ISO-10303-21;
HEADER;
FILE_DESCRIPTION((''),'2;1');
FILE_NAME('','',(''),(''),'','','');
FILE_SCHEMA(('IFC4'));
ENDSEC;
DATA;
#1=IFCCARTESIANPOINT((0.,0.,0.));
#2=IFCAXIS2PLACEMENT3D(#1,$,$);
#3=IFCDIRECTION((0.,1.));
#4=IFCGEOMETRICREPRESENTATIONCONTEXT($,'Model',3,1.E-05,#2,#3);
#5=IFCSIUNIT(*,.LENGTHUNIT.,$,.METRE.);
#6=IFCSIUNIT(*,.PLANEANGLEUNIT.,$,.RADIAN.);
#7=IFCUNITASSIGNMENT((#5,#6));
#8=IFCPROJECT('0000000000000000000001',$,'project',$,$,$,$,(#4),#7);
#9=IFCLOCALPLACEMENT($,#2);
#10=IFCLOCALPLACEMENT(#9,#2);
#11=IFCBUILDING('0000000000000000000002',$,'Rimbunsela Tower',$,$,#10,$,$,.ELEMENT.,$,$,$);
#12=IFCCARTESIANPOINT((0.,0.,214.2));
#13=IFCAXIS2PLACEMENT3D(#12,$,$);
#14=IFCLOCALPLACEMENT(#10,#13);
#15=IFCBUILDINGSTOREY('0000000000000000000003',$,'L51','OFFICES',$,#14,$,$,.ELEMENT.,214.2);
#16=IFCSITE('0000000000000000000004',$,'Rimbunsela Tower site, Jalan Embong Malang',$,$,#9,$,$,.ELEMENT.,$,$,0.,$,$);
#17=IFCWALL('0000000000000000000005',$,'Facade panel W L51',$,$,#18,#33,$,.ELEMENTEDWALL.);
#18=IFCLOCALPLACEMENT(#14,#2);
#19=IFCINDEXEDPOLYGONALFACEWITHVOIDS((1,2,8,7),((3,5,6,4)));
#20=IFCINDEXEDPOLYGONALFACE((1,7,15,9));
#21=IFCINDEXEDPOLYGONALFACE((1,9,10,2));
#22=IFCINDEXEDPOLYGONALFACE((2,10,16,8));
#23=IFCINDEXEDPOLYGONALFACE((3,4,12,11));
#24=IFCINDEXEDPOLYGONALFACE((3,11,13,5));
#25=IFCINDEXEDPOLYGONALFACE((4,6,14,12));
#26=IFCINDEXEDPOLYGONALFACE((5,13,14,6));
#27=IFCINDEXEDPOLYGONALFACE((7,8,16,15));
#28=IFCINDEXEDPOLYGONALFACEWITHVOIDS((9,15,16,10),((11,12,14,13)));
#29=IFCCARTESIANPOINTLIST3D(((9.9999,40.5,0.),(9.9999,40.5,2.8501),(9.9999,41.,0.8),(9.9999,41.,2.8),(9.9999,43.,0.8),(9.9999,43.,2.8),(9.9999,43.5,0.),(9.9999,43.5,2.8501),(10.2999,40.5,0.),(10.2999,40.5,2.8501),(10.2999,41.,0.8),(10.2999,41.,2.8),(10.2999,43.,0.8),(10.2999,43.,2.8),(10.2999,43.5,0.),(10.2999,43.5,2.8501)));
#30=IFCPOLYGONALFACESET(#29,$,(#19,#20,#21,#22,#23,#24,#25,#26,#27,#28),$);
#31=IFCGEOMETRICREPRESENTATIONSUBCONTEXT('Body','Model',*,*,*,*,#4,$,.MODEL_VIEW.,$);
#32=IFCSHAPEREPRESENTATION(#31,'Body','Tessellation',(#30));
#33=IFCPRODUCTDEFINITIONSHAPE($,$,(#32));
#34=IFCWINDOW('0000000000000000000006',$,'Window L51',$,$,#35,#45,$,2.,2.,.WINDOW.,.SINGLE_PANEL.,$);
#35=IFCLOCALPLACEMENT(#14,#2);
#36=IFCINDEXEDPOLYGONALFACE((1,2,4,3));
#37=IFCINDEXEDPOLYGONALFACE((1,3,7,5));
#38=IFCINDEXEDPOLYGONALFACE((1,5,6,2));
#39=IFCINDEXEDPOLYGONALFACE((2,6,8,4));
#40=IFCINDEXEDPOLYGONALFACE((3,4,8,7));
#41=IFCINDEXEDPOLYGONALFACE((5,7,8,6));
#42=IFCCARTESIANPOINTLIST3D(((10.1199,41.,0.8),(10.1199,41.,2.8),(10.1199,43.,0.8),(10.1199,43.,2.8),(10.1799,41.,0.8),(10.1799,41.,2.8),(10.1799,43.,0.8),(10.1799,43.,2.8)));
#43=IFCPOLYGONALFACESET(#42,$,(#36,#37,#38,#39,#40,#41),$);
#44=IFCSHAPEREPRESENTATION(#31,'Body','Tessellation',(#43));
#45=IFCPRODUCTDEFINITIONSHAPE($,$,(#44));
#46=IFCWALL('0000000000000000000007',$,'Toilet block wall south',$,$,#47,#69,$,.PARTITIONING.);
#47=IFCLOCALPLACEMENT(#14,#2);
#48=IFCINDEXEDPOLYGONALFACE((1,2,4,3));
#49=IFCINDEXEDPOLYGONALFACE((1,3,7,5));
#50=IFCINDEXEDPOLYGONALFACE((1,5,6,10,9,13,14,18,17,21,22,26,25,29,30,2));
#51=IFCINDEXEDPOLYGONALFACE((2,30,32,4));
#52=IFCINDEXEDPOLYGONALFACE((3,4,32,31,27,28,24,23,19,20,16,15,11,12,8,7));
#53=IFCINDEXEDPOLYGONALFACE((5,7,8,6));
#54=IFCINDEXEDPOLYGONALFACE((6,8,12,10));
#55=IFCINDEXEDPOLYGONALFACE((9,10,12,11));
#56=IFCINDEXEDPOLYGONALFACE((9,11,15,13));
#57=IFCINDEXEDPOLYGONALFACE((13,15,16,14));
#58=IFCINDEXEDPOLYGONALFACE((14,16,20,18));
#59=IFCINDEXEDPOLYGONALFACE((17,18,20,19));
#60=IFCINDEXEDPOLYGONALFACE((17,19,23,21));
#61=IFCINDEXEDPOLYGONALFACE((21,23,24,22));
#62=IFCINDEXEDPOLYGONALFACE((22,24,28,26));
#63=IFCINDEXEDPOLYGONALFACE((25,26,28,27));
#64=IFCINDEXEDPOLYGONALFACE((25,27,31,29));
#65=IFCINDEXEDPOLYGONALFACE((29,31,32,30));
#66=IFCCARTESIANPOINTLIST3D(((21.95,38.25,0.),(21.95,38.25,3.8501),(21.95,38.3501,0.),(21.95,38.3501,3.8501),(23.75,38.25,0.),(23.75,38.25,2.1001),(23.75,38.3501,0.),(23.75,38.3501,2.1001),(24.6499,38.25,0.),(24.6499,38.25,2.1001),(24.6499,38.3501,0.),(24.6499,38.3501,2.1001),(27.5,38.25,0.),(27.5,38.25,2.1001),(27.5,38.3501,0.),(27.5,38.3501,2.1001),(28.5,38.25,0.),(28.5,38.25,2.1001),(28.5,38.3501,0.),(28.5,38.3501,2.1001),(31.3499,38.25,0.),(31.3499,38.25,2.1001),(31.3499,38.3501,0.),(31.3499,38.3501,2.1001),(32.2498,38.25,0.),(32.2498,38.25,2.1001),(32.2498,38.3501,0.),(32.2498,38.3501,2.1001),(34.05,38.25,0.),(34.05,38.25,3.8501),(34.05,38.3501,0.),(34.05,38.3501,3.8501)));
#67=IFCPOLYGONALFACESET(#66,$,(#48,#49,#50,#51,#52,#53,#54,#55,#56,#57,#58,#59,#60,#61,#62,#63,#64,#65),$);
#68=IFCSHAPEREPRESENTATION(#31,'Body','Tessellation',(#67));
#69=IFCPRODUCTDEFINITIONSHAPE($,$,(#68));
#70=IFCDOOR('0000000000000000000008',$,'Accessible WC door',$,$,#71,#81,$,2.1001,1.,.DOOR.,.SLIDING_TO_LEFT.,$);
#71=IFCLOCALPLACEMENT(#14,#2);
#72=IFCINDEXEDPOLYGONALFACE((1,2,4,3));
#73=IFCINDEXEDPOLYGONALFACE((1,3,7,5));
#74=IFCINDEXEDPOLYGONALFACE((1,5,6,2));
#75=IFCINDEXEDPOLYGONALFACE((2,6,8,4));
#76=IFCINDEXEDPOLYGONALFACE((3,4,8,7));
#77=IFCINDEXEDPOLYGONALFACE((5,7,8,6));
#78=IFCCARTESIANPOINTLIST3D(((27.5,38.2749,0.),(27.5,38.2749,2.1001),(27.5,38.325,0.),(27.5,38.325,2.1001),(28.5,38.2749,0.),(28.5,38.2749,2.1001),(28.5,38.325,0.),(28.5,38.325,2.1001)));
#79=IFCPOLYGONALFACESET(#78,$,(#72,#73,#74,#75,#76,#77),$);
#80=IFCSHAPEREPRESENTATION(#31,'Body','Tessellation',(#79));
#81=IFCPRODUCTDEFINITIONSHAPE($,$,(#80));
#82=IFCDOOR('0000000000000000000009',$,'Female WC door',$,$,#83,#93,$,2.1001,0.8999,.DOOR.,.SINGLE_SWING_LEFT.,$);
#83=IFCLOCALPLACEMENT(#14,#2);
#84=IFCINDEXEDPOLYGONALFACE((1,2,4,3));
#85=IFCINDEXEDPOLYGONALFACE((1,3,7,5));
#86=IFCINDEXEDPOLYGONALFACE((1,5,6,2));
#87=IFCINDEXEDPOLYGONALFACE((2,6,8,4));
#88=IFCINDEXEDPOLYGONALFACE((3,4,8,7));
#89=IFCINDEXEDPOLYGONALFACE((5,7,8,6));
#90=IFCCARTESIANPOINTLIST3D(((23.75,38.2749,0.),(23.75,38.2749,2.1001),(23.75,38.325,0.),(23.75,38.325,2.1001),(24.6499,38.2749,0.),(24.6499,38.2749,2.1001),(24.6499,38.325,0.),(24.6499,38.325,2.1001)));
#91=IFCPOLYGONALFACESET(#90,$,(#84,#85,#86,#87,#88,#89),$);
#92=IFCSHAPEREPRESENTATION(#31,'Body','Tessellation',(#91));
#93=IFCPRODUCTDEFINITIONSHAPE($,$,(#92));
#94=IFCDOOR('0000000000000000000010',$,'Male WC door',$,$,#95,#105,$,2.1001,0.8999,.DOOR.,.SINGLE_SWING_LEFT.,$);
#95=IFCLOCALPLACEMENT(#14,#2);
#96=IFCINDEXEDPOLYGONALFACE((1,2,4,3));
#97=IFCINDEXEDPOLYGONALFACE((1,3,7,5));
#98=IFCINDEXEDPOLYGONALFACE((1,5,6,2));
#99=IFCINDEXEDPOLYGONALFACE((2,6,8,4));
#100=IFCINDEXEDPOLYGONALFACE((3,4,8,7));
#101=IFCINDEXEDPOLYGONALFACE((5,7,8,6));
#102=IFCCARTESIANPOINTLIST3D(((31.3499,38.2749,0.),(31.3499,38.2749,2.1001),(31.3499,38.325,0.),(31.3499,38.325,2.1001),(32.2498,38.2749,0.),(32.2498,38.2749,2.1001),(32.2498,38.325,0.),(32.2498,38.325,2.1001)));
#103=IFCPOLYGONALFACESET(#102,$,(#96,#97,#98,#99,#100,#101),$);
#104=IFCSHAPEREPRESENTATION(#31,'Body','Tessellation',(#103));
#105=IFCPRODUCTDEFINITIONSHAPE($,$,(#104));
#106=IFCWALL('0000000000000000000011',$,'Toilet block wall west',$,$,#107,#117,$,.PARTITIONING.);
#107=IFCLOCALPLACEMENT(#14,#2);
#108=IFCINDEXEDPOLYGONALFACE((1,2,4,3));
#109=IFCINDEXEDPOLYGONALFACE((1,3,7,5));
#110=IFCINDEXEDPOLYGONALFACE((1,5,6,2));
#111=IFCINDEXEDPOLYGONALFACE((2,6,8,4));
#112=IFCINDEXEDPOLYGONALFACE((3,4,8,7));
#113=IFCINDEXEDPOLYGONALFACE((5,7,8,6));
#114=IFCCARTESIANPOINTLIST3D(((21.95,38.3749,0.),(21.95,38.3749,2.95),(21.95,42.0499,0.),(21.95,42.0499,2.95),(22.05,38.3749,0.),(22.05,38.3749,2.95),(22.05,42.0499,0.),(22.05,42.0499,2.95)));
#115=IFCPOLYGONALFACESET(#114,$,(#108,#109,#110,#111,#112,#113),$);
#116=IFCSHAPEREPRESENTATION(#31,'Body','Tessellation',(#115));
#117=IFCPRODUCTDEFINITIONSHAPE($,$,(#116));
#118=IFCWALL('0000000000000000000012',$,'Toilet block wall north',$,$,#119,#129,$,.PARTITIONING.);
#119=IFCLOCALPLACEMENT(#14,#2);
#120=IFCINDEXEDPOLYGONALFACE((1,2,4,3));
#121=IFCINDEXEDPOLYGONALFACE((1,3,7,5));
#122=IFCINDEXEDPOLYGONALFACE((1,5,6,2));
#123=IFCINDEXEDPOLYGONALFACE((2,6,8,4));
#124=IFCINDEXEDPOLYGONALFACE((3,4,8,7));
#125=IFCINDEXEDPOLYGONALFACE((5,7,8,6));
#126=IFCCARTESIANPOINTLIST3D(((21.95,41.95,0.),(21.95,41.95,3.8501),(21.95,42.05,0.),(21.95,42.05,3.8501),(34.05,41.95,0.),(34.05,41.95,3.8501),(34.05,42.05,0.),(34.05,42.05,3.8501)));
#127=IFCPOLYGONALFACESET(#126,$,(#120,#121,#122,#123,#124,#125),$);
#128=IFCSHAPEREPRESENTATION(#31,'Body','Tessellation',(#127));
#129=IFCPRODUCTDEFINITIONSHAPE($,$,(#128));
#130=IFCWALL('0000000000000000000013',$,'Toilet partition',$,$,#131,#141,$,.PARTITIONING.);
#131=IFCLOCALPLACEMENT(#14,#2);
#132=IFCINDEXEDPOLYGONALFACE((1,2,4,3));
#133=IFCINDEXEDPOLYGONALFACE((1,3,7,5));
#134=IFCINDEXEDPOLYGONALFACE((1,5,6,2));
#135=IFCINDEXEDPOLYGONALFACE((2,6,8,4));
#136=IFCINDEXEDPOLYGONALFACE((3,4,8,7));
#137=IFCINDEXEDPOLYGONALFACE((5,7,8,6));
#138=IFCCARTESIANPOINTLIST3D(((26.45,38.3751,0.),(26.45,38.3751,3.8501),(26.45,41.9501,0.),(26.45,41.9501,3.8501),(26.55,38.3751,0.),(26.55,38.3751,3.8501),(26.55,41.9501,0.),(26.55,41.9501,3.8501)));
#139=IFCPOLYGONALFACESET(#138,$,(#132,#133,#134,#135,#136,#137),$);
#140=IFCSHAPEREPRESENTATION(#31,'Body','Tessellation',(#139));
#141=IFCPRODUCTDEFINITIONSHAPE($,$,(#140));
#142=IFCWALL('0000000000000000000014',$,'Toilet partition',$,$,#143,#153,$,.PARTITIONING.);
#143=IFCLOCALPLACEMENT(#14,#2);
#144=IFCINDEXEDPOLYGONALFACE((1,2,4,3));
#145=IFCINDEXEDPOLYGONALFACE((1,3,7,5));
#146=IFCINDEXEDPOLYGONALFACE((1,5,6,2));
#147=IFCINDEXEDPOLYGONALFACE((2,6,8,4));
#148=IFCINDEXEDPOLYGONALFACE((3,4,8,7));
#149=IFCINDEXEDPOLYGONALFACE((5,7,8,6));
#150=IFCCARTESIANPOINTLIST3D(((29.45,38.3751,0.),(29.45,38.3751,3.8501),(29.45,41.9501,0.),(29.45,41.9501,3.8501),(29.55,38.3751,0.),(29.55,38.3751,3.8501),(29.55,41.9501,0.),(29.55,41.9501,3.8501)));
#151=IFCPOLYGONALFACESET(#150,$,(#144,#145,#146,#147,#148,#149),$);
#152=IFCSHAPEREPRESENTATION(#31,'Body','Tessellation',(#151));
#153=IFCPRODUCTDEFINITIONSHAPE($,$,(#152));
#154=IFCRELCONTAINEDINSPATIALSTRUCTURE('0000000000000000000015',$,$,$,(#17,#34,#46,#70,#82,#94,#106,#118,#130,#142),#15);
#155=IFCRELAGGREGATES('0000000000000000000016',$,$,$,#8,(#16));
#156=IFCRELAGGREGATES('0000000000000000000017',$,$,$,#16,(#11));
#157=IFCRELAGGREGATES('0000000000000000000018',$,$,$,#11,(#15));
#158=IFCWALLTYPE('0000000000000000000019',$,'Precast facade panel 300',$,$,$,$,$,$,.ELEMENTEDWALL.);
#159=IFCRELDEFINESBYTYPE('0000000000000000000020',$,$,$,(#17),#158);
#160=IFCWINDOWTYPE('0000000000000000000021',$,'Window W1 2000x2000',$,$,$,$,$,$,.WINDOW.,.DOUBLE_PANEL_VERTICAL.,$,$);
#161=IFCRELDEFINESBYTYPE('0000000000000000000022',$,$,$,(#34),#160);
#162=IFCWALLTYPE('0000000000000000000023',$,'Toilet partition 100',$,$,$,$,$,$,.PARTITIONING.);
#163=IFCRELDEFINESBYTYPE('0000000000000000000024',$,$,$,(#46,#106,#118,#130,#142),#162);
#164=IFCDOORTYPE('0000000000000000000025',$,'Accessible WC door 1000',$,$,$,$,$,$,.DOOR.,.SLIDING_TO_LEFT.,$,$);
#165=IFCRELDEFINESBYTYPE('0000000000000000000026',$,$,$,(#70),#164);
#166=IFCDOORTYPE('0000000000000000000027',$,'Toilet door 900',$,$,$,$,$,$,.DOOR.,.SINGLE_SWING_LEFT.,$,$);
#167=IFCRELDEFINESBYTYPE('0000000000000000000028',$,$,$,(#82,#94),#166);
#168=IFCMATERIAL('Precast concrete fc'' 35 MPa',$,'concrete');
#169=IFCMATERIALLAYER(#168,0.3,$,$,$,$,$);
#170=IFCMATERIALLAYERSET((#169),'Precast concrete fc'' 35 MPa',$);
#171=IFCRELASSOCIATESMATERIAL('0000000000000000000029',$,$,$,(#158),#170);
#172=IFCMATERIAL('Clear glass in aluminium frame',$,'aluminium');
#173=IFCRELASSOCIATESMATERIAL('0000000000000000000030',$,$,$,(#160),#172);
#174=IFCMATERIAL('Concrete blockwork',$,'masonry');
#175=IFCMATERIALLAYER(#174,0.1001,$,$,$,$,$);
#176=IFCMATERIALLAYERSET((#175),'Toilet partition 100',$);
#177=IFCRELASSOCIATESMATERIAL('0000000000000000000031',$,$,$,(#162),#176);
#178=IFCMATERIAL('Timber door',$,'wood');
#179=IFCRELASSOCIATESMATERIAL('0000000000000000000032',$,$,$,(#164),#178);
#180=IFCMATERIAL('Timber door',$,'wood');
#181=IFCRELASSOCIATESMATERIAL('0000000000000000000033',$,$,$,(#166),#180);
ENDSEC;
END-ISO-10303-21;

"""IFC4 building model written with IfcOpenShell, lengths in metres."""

from ifc_helpers import new_model, si_unit, direction, frame, frame_2d, origin, place, context, subcontext, project, spatial, rectangle, extrude, material, layer, layer_set, type_object, element, fill, save


model = new_model("IFC4")

# Units and contexts
model_context = context("Model", 3, precision=1e-05, world=origin(), true_north=direction((0.0, 1.0)))
body_context = subcontext(model_context, "Body", "Model", "MODEL_VIEW")
ifc_project = project(units=[si_unit("LENGTHUNIT", "METRE"), si_unit("PLANEANGLEUNIT", "RADIAN")], contexts=[model_context])

# Site, building, storey
site_placement = place(None, origin())
site = spatial("IfcSite", under=ifc_project, at=site_placement, Name="Rimbunsela Tower site, Jalan Embong Malang", CompositionType="ELEMENT", RefElevation=0.0)
building_placement = place(site_placement, origin())
building = spatial("IfcBuilding", under=site, at=building_placement, Name="Rimbunsela Tower", CompositionType="ELEMENT")
storey_placement = place(building_placement, frame((0.0, 0.0, 214.2)))
storey = spatial("IfcBuildingStorey", under=building, at=storey_placement, Name="L51", Description="OFFICES", CompositionType="ELEMENT", Elevation=214.2)

# Wall, opening, window
ifc_material_1 = material(Name="Precast concrete fc' 35 MPa", Category="concrete")
ifc_layer_1 = layer(ifc_material_1, 0.3)
ifc_layer_set_1 = layer_set([ifc_layer_1], Name="Precast concrete fc' 35 MPa")
wall_type_1 = type_object("IfcWallType", Name="Precast facade panel 300", PredefinedType="ELEMENTEDWALL", material=ifc_layer_set_1)
wall_1_placement = place(storey_placement, frame((10.1499, 43.5, 0.0), z_axis=(0.0, 0.0, 1.0), x_axis=(0.0, -1.0, 0.0)))
wall_1 = element("IfcWall", 1, at=wall_1_placement, inside=storey, type_object=wall_type_1, Name="Facade panel W L51", PredefinedType="ELEMENTEDWALL", context=body_context, shape_type="SweptSolid", body=[
    extrude(rectangle(XDim=3.0, YDim=0.3, at=frame_2d((1.5, 0.0))), origin(), (0.0, 0.0, 1.0), 2.8501),
])
opening_1_placement = place(wall_1_placement, frame((0.5, 0.0, 0.8)))
opening_1 = element("IfcOpeningElement", 2, at=opening_1_placement, cuts=wall_1, PredefinedType="OPENING", context=body_context, shape_type="SweptSolid", body=[
    extrude(rectangle(XDim=2.0, YDim=2.0, at=frame_2d((1.0, 1.0))), frame((0.0, 0.1599, 0.0), z_axis=(0.0, -1.0, 0.0), x_axis=(1.0, 0.0, 0.0)), (0.0, 0.0, 1.0), 0.3201),
])
ifc_material_2 = material(Name="Clear glass in aluminium frame", Category="aluminium")
window_type = type_object("IfcWindowType", Name="Window W1 2000x2000", PartitioningType="DOUBLE_PANEL_VERTICAL", PredefinedType="WINDOW", material=ifc_material_2)
window_placement = place(opening_1_placement, origin())
window = element("IfcWindow", 3, at=window_placement, inside=storey, type_object=window_type, Name="Window L51", OverallHeight=2.0, OverallWidth=2.0, PartitioningType="SINGLE_PANEL", PredefinedType="WINDOW", context=body_context, shape_type="SweptSolid", body=[
    extrude(rectangle(XDim=2.0, YDim=2.0, at=frame_2d((1.0, 1.0))), frame((0.0, 0.03, 0.0), z_axis=(0.0, -1.0, 0.0), x_axis=(1.0, 0.0, 0.0)), (0.0, 0.0, 1.0), 0.0601),
])
fill(opening_1, window)

# Wall, openings, doors
ifc_material_3 = material(Name="Concrete blockwork", Category="masonry")
ifc_layer_2 = layer(ifc_material_3, 0.1001)
ifc_layer_set_2 = layer_set([ifc_layer_2], Name="Toilet partition 100")
wall_type_2 = type_object("IfcWallType", Name="Toilet partition 100", PredefinedType="PARTITIONING", material=ifc_layer_set_2)
wall_2_placement = place(storey_placement, frame((21.95, 38.3, 0.0), z_axis=(0.0, 0.0, 1.0), x_axis=(1.0, 0.0, 0.0)))
wall_2 = element("IfcWall", 4, at=wall_2_placement, inside=storey, type_object=wall_type_2, Name="Toilet block wall south", PredefinedType="PARTITIONING", context=body_context, shape_type="SweptSolid", body=[
    extrude(rectangle(XDim=12.1001, YDim=0.1001, at=frame_2d((6.05, 0.0))), origin(), (0.0, 0.0, 1.0), 3.8501),
])
opening_2_placement = place(wall_2_placement, frame((1.8, 0.0, 0.0)))
opening_2 = element("IfcOpeningElement", 5, at=opening_2_placement, cuts=wall_2, PredefinedType="OPENING", context=body_context, shape_type="SweptSolid", body=[
    extrude(rectangle(XDim=0.8999, YDim=2.1001, at=frame_2d((0.45, 1.05))), frame((0.0, 0.0601, 0.0), z_axis=(0.0, -1.0, 0.0), x_axis=(1.0, 0.0, 0.0)), (0.0, 0.0, 1.0), 0.1201),
])
opening_3_placement = place(wall_2_placement, frame((5.55, 0.0, 0.0)))
opening_3 = element("IfcOpeningElement", 6, at=opening_3_placement, cuts=wall_2, PredefinedType="OPENING", context=body_context, shape_type="SweptSolid", body=[
    extrude(rectangle(XDim=1.0, YDim=2.1001, at=frame_2d((0.5, 1.05))), frame((0.0, 0.0601, 0.0), z_axis=(0.0, -1.0, 0.0), x_axis=(1.0, 0.0, 0.0)), (0.0, 0.0, 1.0), 0.1201),
])
opening_4_placement = place(wall_2_placement, frame((9.3999, 0.0, 0.0)))
opening_4 = element("IfcOpeningElement", 7, at=opening_4_placement, cuts=wall_2, PredefinedType="OPENING", context=body_context, shape_type="SweptSolid", body=[
    extrude(rectangle(XDim=0.8999, YDim=2.1001, at=frame_2d((0.45, 1.05))), frame((0.0, 0.0601, 0.0), z_axis=(0.0, -1.0, 0.0), x_axis=(1.0, 0.0, 0.0)), (0.0, 0.0, 1.0), 0.1201),
])
ifc_material_4 = material(Name="Timber door", Category="wood")
door_type_1 = type_object("IfcDoorType", Name="Accessible WC door 1000", OperationType="SLIDING_TO_LEFT", PredefinedType="DOOR", material=ifc_material_4)
door_1_placement = place(opening_3_placement, origin())
door_1 = element("IfcDoor", 8, at=door_1_placement, inside=storey, type_object=door_type_1, Name="Accessible WC door", OperationType="SLIDING_TO_LEFT", OverallHeight=2.1001, OverallWidth=1.0, PredefinedType="DOOR", context=body_context, shape_type="SweptSolid", body=[
    extrude(rectangle(XDim=1.0, YDim=2.1001, at=frame_2d((0.5, 1.05))), frame((0.0, 0.0249, 0.0), z_axis=(0.0, -1.0, 0.0), x_axis=(1.0, 0.0, 0.0)), (0.0, 0.0, 1.0), 0.05),
])
fill(opening_3, door_1)
ifc_material_5 = material(Name="Timber door", Category="wood")
door_type_2 = type_object("IfcDoorType", Name="Toilet door 900", OperationType="SINGLE_SWING_LEFT", PredefinedType="DOOR", material=ifc_material_5)
door_2_placement = place(opening_2_placement, origin())
door_2 = element("IfcDoor", 9, at=door_2_placement, inside=storey, type_object=door_type_2, Name="Female WC door", OperationType="SINGLE_SWING_LEFT", OverallHeight=2.1001, OverallWidth=0.8999, PredefinedType="DOOR", context=body_context, shape_type="SweptSolid", body=[
    extrude(rectangle(XDim=0.8999, YDim=2.1001, at=frame_2d((0.45, 1.05))), frame((0.0, 0.0249, 0.0), z_axis=(0.0, -1.0, 0.0), x_axis=(1.0, 0.0, 0.0)), (0.0, 0.0, 1.0), 0.05),
])
fill(opening_2, door_2)
door_3_placement = place(opening_4_placement, origin())
door_3 = element("IfcDoor", 10, at=door_3_placement, inside=storey, type_object=door_type_2, Name="Male WC door", OperationType="SINGLE_SWING_LEFT", OverallHeight=2.1001, OverallWidth=0.8999, PredefinedType="DOOR", context=body_context, shape_type="SweptSolid", body=[
    extrude(rectangle(XDim=0.8999, YDim=2.1001, at=frame_2d((0.45, 1.05))), frame((0.0, 0.0249, 0.0), z_axis=(0.0, -1.0, 0.0), x_axis=(1.0, 0.0, 0.0)), (0.0, 0.0, 1.0), 0.05),
])
fill(opening_4, door_3)

# Walls
wall_3_placement = place(storey_placement, frame((22.0, 38.375, 0.0), z_axis=(0.0, 0.0, 1.0), x_axis=(0.0, 1.0, 0.0)))
element("IfcWall", 11, at=wall_3_placement, inside=storey, type_object=wall_type_2, Name="Toilet block wall west", PredefinedType="PARTITIONING", context=body_context, shape_type="SweptSolid", body=[
    extrude(rectangle(XDim=3.675, YDim=0.1001, at=frame_2d((1.8374, 0.0))), origin(), (0.0, 0.0, 1.0), 2.95),
])
wall_4_placement = place(storey_placement, frame((21.95, 42.0, 0.0), z_axis=(0.0, 0.0, 1.0), x_axis=(1.0, 0.0, 0.0)))
element("IfcWall", 12, at=wall_4_placement, inside=storey, type_object=wall_type_2, Name="Toilet block wall north", PredefinedType="PARTITIONING", context=body_context, shape_type="SweptSolid", body=[
    extrude(rectangle(XDim=12.1001, YDim=0.1001, at=frame_2d((6.05, 0.0))), origin(), (0.0, 0.0, 1.0), 3.8501),
])
for number, where, z_axis, x_axis, name in (
    (13, (26.5, 38.375, 0.0), (0.0, 0.0, 1.0), (0.0, 1.0, 0.0), "Toilet partition"),
    (14, (29.5, 38.375, 0.0), (0.0, 0.0, 1.0), (0.0, 1.0, 0.0), "Toilet partition"),
):
    element("IfcWall", number, at=place(storey_placement, frame(where, z_axis=z_axis, x_axis=x_axis)), inside=storey, type_object=wall_type_2, Name=name, PredefinedType="PARTITIONING", context=body_context, shape_type="SweptSolid", body=[
        extrude(rectangle(XDim=3.575, YDim=0.1001, at=frame_2d((1.7876, 0.0))), origin(), (0.0, 0.0, 1.0), 3.8501),
    ])

save(model, "model.ifc")
